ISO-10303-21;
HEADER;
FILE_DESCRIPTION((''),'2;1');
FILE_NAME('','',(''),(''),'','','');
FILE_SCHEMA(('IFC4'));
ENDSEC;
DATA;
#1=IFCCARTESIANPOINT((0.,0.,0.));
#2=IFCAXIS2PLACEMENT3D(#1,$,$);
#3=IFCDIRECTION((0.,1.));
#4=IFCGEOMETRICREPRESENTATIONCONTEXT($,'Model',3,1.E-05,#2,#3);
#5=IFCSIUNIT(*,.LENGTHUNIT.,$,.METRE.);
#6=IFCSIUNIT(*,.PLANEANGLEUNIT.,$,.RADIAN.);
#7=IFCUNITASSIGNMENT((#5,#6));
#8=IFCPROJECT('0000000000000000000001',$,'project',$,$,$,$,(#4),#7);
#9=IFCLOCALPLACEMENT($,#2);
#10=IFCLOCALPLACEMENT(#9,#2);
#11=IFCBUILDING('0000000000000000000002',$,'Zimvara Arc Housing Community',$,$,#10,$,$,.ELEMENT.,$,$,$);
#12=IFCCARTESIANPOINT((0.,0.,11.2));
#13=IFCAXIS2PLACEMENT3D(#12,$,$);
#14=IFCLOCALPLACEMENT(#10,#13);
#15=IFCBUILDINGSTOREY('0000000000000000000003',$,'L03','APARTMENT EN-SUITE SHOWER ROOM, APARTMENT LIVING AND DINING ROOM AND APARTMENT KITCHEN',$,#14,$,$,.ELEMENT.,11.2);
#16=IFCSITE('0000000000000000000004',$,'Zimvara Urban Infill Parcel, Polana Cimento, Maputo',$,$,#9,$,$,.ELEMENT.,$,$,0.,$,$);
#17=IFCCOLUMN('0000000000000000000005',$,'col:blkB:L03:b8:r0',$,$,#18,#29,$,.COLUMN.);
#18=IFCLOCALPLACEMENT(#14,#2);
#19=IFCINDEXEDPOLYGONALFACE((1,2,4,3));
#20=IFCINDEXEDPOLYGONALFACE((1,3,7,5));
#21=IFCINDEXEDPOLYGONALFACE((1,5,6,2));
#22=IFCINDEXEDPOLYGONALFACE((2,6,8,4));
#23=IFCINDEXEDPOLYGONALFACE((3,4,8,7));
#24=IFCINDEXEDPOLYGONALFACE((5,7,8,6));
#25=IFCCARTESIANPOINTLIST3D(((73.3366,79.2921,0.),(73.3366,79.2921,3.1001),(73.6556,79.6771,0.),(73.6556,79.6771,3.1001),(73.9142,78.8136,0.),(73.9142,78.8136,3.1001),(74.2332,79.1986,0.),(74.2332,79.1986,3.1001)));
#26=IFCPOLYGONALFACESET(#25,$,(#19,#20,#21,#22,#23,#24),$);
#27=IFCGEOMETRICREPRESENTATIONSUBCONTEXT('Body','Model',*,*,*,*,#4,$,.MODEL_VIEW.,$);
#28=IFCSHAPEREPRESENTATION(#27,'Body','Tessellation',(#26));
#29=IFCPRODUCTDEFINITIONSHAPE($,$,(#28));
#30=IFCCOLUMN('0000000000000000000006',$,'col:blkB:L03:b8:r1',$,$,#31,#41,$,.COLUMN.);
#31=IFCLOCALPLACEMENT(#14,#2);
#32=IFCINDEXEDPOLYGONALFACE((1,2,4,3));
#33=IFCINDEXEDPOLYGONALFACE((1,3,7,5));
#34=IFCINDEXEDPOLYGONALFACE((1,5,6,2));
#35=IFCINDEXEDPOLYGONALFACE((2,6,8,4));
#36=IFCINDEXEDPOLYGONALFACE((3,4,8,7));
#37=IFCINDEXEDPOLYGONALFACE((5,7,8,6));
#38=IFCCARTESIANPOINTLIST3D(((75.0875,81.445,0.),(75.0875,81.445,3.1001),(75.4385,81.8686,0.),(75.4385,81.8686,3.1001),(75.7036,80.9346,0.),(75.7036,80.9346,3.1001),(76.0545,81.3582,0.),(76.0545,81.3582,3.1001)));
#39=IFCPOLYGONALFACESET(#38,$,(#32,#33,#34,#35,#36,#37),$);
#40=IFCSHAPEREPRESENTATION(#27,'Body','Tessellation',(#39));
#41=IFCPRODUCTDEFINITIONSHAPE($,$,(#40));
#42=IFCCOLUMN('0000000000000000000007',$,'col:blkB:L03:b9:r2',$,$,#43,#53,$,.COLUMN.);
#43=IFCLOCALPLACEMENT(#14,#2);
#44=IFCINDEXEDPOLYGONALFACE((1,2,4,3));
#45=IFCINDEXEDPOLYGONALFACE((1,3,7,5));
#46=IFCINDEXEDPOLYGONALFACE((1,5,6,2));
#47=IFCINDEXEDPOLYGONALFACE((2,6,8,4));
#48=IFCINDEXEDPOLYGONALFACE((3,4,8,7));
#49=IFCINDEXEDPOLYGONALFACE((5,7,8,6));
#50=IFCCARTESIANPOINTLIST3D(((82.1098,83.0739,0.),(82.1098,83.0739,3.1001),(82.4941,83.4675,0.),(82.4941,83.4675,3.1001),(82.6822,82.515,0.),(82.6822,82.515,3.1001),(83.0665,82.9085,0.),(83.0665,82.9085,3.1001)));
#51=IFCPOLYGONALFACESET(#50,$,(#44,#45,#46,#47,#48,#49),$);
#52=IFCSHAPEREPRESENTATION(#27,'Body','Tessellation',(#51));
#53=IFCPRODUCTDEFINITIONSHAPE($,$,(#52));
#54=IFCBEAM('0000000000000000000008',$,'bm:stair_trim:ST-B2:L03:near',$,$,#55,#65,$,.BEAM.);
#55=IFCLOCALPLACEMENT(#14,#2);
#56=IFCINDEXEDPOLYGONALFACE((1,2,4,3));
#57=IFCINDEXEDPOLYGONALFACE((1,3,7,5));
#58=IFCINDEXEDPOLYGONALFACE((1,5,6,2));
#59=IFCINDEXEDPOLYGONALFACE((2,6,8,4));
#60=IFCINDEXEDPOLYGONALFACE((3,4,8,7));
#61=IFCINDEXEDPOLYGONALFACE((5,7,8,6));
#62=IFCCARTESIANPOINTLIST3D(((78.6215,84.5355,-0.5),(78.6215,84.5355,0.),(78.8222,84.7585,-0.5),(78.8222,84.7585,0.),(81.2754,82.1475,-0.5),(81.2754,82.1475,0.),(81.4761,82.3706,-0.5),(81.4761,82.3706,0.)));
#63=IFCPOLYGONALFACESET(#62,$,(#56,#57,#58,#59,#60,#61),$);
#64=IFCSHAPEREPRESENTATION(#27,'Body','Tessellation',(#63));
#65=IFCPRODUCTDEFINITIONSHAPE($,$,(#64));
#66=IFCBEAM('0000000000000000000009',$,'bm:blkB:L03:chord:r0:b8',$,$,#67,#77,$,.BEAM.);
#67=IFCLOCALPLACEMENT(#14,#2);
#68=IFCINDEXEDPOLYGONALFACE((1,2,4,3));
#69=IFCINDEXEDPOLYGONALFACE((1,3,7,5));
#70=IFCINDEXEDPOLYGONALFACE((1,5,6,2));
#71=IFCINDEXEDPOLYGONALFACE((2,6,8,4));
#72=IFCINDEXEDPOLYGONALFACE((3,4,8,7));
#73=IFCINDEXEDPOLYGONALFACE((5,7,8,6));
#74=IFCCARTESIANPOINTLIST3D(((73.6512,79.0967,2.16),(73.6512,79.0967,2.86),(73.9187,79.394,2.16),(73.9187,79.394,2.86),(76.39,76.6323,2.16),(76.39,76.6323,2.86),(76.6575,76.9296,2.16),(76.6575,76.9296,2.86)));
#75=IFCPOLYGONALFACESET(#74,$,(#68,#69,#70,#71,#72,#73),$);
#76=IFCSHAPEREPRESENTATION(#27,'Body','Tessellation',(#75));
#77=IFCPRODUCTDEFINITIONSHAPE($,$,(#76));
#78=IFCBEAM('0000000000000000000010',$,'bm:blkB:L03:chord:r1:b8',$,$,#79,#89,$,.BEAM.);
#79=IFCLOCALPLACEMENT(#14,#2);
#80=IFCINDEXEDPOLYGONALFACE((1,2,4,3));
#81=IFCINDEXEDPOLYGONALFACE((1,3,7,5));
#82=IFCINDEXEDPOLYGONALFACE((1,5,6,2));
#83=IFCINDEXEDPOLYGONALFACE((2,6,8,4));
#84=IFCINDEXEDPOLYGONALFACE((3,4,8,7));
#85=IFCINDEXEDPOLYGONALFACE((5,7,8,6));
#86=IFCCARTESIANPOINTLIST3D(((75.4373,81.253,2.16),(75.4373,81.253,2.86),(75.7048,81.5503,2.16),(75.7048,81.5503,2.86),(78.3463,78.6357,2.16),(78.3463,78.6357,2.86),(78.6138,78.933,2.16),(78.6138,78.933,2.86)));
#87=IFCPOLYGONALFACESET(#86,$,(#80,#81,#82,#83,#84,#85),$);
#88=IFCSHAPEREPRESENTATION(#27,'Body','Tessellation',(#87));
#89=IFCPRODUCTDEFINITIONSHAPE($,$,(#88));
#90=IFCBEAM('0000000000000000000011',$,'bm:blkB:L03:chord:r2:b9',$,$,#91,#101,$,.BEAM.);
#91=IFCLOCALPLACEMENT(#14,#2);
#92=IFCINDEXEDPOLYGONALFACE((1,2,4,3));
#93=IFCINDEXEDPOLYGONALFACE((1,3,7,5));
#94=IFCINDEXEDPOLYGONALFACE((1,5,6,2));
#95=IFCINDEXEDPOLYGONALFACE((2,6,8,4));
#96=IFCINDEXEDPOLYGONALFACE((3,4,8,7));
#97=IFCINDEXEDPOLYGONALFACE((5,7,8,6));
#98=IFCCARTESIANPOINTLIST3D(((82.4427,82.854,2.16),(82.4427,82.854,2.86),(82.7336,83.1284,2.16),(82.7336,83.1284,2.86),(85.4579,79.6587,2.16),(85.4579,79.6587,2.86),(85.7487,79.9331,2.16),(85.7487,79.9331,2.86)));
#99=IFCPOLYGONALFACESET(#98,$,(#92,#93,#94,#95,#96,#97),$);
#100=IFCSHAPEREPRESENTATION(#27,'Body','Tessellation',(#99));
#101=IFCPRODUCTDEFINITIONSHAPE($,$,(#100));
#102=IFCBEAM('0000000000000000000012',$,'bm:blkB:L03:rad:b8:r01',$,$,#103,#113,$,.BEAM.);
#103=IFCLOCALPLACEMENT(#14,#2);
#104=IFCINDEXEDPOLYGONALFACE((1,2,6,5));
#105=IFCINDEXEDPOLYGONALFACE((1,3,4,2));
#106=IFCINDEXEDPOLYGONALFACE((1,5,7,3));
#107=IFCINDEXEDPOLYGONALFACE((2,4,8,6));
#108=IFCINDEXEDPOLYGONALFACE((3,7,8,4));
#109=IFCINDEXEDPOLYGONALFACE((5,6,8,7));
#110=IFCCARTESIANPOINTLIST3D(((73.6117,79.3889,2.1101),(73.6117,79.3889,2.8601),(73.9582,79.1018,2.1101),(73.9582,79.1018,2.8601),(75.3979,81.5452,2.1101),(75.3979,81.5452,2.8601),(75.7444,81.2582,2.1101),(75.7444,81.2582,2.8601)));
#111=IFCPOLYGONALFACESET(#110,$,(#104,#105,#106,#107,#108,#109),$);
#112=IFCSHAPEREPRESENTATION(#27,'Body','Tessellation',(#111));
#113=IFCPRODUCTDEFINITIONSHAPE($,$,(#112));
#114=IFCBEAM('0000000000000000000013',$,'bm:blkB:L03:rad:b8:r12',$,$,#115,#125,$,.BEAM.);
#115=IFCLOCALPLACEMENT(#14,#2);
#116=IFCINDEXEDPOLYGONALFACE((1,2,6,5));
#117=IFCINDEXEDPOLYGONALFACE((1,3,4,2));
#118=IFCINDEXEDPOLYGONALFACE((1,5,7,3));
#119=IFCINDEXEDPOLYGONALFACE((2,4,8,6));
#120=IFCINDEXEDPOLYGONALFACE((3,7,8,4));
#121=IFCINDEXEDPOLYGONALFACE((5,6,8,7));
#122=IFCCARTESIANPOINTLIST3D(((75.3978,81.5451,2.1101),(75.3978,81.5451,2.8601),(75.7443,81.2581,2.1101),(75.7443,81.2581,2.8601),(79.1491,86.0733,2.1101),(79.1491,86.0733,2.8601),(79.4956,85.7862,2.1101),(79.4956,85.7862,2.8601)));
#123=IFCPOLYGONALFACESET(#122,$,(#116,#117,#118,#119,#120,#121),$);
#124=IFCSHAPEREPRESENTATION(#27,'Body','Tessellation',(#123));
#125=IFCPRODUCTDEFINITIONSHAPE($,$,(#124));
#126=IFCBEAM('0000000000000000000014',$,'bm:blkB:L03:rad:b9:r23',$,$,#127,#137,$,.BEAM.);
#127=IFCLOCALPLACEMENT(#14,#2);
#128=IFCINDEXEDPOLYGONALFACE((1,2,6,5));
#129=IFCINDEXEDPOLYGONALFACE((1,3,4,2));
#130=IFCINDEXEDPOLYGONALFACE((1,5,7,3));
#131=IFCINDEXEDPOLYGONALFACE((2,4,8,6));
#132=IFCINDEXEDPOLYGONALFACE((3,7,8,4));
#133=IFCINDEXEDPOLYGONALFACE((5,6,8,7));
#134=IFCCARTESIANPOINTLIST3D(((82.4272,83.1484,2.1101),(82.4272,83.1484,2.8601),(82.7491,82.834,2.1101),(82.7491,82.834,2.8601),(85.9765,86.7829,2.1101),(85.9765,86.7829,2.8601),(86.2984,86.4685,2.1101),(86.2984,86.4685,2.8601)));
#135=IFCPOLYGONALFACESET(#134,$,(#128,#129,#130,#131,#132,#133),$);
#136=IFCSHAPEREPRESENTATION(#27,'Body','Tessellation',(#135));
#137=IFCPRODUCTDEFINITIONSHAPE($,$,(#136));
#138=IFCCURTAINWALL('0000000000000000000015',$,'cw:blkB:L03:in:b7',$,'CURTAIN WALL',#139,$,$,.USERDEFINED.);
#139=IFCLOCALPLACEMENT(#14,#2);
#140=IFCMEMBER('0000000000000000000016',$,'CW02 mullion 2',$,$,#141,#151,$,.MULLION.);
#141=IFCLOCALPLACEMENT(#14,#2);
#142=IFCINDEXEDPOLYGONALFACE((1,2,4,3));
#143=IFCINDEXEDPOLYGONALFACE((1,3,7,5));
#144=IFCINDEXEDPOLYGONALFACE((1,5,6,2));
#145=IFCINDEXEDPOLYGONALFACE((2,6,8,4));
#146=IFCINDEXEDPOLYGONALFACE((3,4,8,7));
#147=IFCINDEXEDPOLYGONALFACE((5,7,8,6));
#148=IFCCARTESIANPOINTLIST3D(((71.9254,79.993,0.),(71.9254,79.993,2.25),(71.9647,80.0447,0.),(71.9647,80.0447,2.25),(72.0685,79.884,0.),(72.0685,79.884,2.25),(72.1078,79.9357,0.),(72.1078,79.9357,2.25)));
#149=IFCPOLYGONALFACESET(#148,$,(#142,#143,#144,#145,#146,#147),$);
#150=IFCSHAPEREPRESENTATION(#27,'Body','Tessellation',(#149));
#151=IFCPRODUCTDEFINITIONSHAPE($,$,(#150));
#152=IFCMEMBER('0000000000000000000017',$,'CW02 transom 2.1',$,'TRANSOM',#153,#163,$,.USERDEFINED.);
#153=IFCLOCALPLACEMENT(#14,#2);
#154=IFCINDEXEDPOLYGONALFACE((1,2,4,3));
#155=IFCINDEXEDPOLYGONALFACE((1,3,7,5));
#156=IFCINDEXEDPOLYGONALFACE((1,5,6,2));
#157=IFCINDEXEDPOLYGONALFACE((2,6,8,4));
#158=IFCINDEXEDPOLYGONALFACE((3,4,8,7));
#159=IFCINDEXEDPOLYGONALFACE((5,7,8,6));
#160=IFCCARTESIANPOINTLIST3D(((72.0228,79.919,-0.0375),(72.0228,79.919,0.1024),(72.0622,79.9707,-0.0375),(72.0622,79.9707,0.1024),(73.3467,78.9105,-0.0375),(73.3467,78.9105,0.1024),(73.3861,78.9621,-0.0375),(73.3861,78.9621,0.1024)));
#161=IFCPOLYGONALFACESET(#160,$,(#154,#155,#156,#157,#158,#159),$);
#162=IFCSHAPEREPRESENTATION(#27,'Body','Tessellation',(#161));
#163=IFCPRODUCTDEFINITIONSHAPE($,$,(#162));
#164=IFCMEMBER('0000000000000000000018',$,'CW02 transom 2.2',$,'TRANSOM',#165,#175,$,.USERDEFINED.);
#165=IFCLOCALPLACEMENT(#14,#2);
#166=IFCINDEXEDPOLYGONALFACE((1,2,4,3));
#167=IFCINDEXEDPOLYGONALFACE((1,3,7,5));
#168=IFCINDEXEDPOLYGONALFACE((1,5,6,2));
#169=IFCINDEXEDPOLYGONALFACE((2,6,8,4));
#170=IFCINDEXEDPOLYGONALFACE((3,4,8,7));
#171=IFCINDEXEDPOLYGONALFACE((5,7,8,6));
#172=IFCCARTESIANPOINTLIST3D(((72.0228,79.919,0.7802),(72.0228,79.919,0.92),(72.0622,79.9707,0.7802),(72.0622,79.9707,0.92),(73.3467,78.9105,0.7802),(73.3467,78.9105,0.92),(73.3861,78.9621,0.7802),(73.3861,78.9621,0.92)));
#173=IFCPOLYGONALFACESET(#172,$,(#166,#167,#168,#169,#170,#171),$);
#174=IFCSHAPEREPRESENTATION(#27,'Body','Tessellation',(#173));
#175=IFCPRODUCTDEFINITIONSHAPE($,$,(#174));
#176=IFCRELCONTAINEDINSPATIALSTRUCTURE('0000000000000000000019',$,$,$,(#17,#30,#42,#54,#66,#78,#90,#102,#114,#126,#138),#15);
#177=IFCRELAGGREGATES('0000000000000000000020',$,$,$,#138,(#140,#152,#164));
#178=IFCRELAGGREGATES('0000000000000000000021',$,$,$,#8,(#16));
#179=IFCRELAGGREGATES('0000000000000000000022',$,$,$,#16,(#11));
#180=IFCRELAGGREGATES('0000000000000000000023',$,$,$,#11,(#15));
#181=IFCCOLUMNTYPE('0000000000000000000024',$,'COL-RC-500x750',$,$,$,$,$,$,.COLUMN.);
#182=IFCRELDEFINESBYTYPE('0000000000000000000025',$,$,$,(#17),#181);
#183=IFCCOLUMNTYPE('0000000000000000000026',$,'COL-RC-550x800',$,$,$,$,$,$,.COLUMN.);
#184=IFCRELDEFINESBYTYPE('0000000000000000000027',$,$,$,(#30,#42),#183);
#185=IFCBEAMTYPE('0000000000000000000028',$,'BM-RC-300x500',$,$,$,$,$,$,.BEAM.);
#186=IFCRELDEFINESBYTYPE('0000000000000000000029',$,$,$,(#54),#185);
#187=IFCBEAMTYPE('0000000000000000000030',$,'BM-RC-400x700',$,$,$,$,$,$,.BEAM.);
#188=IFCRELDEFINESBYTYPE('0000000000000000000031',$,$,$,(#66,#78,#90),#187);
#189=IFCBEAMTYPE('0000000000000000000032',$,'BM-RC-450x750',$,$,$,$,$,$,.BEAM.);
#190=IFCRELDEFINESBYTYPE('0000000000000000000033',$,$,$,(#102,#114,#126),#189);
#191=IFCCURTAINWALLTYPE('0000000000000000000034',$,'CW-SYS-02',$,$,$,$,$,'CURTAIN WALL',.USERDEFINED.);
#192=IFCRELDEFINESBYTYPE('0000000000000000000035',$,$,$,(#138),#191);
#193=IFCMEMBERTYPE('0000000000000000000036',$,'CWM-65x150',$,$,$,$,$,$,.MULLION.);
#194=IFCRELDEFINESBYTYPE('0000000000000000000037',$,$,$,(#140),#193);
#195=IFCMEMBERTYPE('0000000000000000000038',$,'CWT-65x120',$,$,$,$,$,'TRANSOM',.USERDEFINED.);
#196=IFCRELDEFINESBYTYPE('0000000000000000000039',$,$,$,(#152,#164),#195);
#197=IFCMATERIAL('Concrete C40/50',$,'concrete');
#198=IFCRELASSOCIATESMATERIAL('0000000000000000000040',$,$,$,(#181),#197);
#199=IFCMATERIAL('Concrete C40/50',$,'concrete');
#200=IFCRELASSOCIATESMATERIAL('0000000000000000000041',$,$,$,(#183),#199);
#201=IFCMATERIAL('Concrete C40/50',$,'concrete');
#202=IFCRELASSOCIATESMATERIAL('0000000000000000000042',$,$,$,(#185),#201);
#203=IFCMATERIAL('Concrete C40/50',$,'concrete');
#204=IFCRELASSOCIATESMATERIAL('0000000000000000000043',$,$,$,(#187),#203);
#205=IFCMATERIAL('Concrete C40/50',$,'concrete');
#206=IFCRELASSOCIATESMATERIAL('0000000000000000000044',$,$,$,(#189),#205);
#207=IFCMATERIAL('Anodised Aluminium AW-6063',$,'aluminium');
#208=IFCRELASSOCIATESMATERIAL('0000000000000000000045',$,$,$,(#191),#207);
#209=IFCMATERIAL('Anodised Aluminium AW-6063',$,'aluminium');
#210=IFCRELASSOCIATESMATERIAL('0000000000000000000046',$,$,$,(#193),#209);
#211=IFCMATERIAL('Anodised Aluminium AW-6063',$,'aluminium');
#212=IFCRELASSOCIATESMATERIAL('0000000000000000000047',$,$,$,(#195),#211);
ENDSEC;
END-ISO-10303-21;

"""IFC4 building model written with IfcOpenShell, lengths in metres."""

from ifc_helpers import new_model, si_unit, direction, frame, origin, origin_2d, place, context, subcontext, project, spatial, rectangle, extrude, material, material_profile, profile_set, type_object, element, aggregate, save


model = new_model("IFC4")

# Units and contexts
model_context = context("Model", 3, precision=1e-05, world=origin(), true_north=direction((0.0, 1.0)))
body_context = subcontext(model_context, "Body", "Model", "MODEL_VIEW")
ifc_project = project(units=[si_unit("LENGTHUNIT", "METRE"), si_unit("PLANEANGLEUNIT", "RADIAN")], contexts=[model_context])

# Site, building, storey
site_placement = place(None, origin())
site = spatial("IfcSite", under=ifc_project, at=site_placement, Name="Zimvara Urban Infill Parcel, Polana Cimento, Maputo", CompositionType="ELEMENT", RefElevation=0.0)
building_placement = place(site_placement, origin())
building = spatial("IfcBuilding", under=site, at=building_placement, Name="Zimvara Arc Housing Community", CompositionType="ELEMENT")
storey_placement = place(building_placement, frame((0.0, 0.0, 11.2)))
storey = spatial("IfcBuildingStorey", under=building, at=storey_placement, Name="L03", Description="APARTMENT EN-SUITE SHOWER ROOM, APARTMENT LIVING AND DINING ROOM AND APARTMENT KITCHEN", CompositionType="ELEMENT", Elevation=11.2)

# Columns
ifc_material_1 = material(Name="Concrete C40/50", Category="concrete")
ifc_material_profile_1 = material_profile(ifc_material_1, rectangle(XDim=0.5, YDim=0.75, at=origin_2d()), Name="RC 500x750")
ifc_profile_set_1 = profile_set([ifc_material_profile_1], Name="Concrete C40/50")
column_type_1 = type_object("IfcColumnType", Name="COL-RC-500x750", PredefinedType="COLUMN", material=ifc_profile_set_1)
column_placement = place(storey_placement, frame((73.7849, 79.2454, 0.0), z_axis=(0.0, 0.0, 1.0), x_axis=(0.637962, 0.770068, 0.0)))
element("IfcColumn", 1, at=column_placement, inside=storey, type_object=column_type_1, Name="col:blkB:L03:b8:r0", PredefinedType="COLUMN", context=body_context, shape_type="SweptSolid", body=[
    extrude(rectangle(XDim=0.5, YDim=0.75, at=origin_2d()), origin(), (0.0, 0.0, 1.0), 3.1001),
])
ifc_material_2 = material(Name="Concrete C40/50", Category="concrete")
ifc_material_profile_2 = material_profile(ifc_material_2, rectangle(XDim=0.55, YDim=0.8, at=origin_2d()), Name="RC 550x800")
ifc_profile_set_2 = profile_set([ifc_material_profile_2], Name="Concrete C40/50")
column_type_2 = type_object("IfcColumnType", Name="COL-RC-550x800", PredefinedType="COLUMN", material=ifc_profile_set_2)
for number, where, z_axis, x_axis, name in (
    (2, (75.571, 81.4016, 0.0), (0.0, 0.0, 1.0), (0.637962, 0.770068, 0.0), "col:blkB:L03:b8:r1"),
    (3, (82.5881, 82.9912, 0.0), (0.0, 0.0, 1.0), (0.698665, 0.715449, 0.0), "col:blkB:L03:b9:r2"),
):
    element("IfcColumn", number, at=place(storey_placement, frame(where, z_axis=z_axis, x_axis=x_axis)), inside=storey, type_object=column_type_2, Name=name, PredefinedType="COLUMN", context=body_context, shape_type="SweptSolid", body=[
        extrude(rectangle(XDim=0.55, YDim=0.8, at=origin_2d()), origin(), (0.0, 0.0, 1.0), 3.1001),
    ])

# Beams
ifc_material_3 = material(Name="Concrete C40/50", Category="concrete")
ifc_material_profile_3 = material_profile(ifc_material_3, rectangle(XDim=0.3, YDim=0.5, at=origin_2d()), Name="RC 300x500")
ifc_profile_set_3 = profile_set([ifc_material_profile_3], Name="Concrete C40/50")
beam_type_1 = type_object("IfcBeamType", Name="BM-RC-300x500", PredefinedType="BEAM", material=ifc_profile_set_3)
beam_1_placement = place(storey_placement, frame((81.3757, 82.259, -0.25), z_axis=(-0.743362, 0.668889, 0.0), x_axis=(-0.668889, -0.743362, 0.0)))
element("IfcBeam", 4, at=beam_1_placement, inside=storey, type_object=beam_type_1, Name="bm:stair_trim:ST-B2:L03:near", PredefinedType="BEAM", context=body_context, shape_type="SweptSolid", body=[
    extrude(rectangle(XDim=0.3, YDim=0.5, at=origin_2d()), origin(), (0.0, 0.0, 1.0), 3.5701),
])
ifc_material_4 = material(Name="Concrete C40/50", Category="concrete")
ifc_material_profile_4 = material_profile(ifc_material_4, rectangle(XDim=0.3999, YDim=0.7, at=origin_2d()), Name="RC 400x700")
ifc_profile_set_4 = profile_set([ifc_material_profile_4], Name="Concrete C40/50")
beam_type_2 = type_object("IfcBeamType", Name="BM-RC-400x700", PredefinedType="BEAM", material=ifc_profile_set_4)
beam_2_placement = place(storey_placement, frame((73.7849, 79.2454, 2.51), z_axis=(0.743367, -0.668884, 0.0), x_axis=(0.668884, 0.743367, 0.0)))
element("IfcBeam", 5, at=beam_2_placement, inside=storey, type_object=beam_type_2, Name="bm:blkB:L03:chord:r0:b8", PredefinedType="BEAM", context=body_context, shape_type="SweptSolid", body=[
    extrude(rectangle(XDim=0.3999, YDim=0.7, at=origin_2d()), origin(), (0.0, 0.0, 1.0), 3.6843),
])
beam_3_placement = place(storey_placement, frame((75.571, 81.4016, 2.51), z_axis=(0.743403, -0.668844, 0.0), x_axis=(0.668844, 0.743403, 0.0)))
element("IfcBeam", 6, at=beam_3_placement, inside=storey, type_object=beam_type_2, Name="bm:blkB:L03:chord:r1:b8", PredefinedType="BEAM", context=body_context, shape_type="SweptSolid", body=[
    extrude(rectangle(XDim=0.3999, YDim=0.7, at=origin_2d()), origin(), (0.0, 0.0, 1.0), 3.9131),
])
beam_4_placement = place(storey_placement, frame((82.5881, 82.9912, 2.51), z_axis=(0.686304, -0.727315, 0.0), x_axis=(0.727315, 0.686304, 0.0)))
element("IfcBeam", 7, at=beam_4_placement, inside=storey, type_object=beam_type_2, Name="bm:blkB:L03:chord:r2:b9", PredefinedType="BEAM", context=body_context, shape_type="SweptSolid", body=[
    extrude(rectangle(XDim=0.3999, YDim=0.7, at=origin_2d()), origin(), (0.0, 0.0, 1.0), 4.3933),
])
ifc_material_5 = material(Name="Concrete C40/50", Category="concrete")
ifc_material_profile_5 = material_profile(ifc_material_5, rectangle(XDim=0.45, YDim=0.75, at=origin_2d()), Name="RC 450x750")
ifc_profile_set_5 = profile_set([ifc_material_profile_5], Name="Concrete C40/50")
beam_type_3 = type_object("IfcBeamType", Name="BM-RC-450x750", PredefinedType="BEAM", material=ifc_profile_set_5)
beam_5_placement = place(storey_placement, frame((73.7849, 79.2454, 2.4851), z_axis=(0.637917, 0.770105, 0.0), x_axis=(-0.770105, 0.637917, 0.0)))
element("IfcBeam", 8, at=beam_5_placement, inside=storey, type_object=beam_type_3, Name="bm:blkB:L03:rad:b8:r01", PredefinedType="BEAM", context=body_context, shape_type="SweptSolid", body=[
    extrude(rectangle(XDim=0.45, YDim=0.75, at=origin_2d()), origin(), (0.0, 0.0, 1.0), 2.8),
])
beam_6_placement = place(storey_placement, frame((75.571, 81.4016, 2.4851), z_axis=(0.637956, 0.770073, 0.0), x_axis=(-0.770073, 0.637956, 0.0)))
element("IfcBeam", 9, at=beam_6_placement, inside=storey, type_object=beam_type_3, Name="bm:blkB:L03:rad:b8:r12", PredefinedType="BEAM", context=body_context, shape_type="SweptSolid", body=[
    extrude(rectangle(XDim=0.45, YDim=0.75, at=origin_2d()), origin(), (0.0, 0.0, 1.0), 5.8801),
])
beam_7_placement = place(storey_placement, frame((82.5881, 82.9912, 2.4851), z_axis=(0.698671, 0.715443, 0.0), x_axis=(-0.715443, 0.698671, 0.0)))
element("IfcBeam", 10, at=beam_7_placement, inside=storey, type_object=beam_type_3, Name="bm:blkB:L03:rad:b9:r23", PredefinedType="BEAM", context=body_context, shape_type="SweptSolid", body=[
    extrude(rectangle(XDim=0.45, YDim=0.75, at=origin_2d()), origin(), (0.0, 0.0, 1.0), 5.0801),
])

# Curtain wall, members
ifc_material_6 = material(Name="Anodised Aluminium AW-6063", Category="aluminium")
curtain_wall_type = type_object("IfcCurtainWallType", Name="CW-SYS-02", ElementType="CURTAIN WALL", PredefinedType="USERDEFINED", material=ifc_material_6)
curtain_wall_placement = place(storey_placement, origin())
curtain_wall = element("IfcCurtainWall", 11, at=curtain_wall_placement, inside=storey, type_object=curtain_wall_type, Name="cw:blkB:L03:in:b7", ObjectType="CURTAIN WALL", PredefinedType="USERDEFINED")
ifc_material_7 = material(Name="Anodised Aluminium AW-6063", Category="aluminium")
ifc_material_profile_6 = material_profile(ifc_material_7, rectangle(XDim=0.0649, YDim=0.1799, at=origin_2d()), Name="ALU 65x180")
ifc_profile_set_6 = profile_set([ifc_material_profile_6], Name="Anodised Aluminium AW-6063")
member_type_1 = type_object("IfcMemberType", Name="CWM-65x150", PredefinedType="MULLION", material=ifc_profile_set_6)
member_1_placement = place(storey_placement, frame((72.0166, 79.9644, 0.0), z_axis=(0.0, 0.0, 1.0), x_axis=(0.605988, 0.795474, 0.0)))
member_1 = element("IfcMember", 12, at=member_1_placement, type_object=member_type_1, Name="CW02 mullion 2", PredefinedType="MULLION", context=body_context, shape_type="SweptSolid", body=[
    extrude(rectangle(XDim=0.0649, YDim=0.1799, at=origin_2d()), origin(), (0.0, 0.0, 1.0), 2.25),
])
ifc_material_8 = material(Name="Anodised Aluminium AW-6063", Category="aluminium")
ifc_material_profile_7 = material_profile(ifc_material_8, rectangle(XDim=0.0649, YDim=0.1399, at=origin_2d()), Name="ALU 65x140")
ifc_profile_set_7 = profile_set([ifc_material_profile_7], Name="Anodised Aluminium AW-6063")
member_type_2 = type_object("IfcMemberType", Name="CWT-65x120", ElementType="TRANSOM", PredefinedType="USERDEFINED", material=ifc_profile_set_7)
member_2_placement = place(storey_placement, frame((72.0425, 79.9448, 0.0325), z_axis=(0.795489, -0.605968, 0.0), x_axis=(0.605968, 0.795489, 0.0)))
member_2 = element("IfcMember", 13, at=member_2_placement, type_object=member_type_2, Name="CW02 transom 2.1", ObjectType="TRANSOM", PredefinedType="USERDEFINED", context=body_context, shape_type="SweptSolid", body=[
    extrude(rectangle(XDim=0.0649, YDim=0.1399, at=origin_2d()), origin(), (0.0, 0.0, 1.0), 1.6643),
])
member_3_placement = place(storey_placement, frame((72.0425, 79.9448, 0.8501), z_axis=(0.795489, -0.605968, 0.0), x_axis=(0.605968, 0.795489, 0.0)))
member_3 = element("IfcMember", 14, at=member_3_placement, type_object=member_type_2, Name="CW02 transom 2.2", ObjectType="TRANSOM", PredefinedType="USERDEFINED", context=body_context, shape_type="SweptSolid", body=[
    extrude(rectangle(XDim=0.0649, YDim=0.1399, at=origin_2d()), origin(), (0.0, 0.0, 1.0), 1.6643),
])
aggregate(curtain_wall, [member_1, member_2, member_3])

save(model, "model.ifc")
